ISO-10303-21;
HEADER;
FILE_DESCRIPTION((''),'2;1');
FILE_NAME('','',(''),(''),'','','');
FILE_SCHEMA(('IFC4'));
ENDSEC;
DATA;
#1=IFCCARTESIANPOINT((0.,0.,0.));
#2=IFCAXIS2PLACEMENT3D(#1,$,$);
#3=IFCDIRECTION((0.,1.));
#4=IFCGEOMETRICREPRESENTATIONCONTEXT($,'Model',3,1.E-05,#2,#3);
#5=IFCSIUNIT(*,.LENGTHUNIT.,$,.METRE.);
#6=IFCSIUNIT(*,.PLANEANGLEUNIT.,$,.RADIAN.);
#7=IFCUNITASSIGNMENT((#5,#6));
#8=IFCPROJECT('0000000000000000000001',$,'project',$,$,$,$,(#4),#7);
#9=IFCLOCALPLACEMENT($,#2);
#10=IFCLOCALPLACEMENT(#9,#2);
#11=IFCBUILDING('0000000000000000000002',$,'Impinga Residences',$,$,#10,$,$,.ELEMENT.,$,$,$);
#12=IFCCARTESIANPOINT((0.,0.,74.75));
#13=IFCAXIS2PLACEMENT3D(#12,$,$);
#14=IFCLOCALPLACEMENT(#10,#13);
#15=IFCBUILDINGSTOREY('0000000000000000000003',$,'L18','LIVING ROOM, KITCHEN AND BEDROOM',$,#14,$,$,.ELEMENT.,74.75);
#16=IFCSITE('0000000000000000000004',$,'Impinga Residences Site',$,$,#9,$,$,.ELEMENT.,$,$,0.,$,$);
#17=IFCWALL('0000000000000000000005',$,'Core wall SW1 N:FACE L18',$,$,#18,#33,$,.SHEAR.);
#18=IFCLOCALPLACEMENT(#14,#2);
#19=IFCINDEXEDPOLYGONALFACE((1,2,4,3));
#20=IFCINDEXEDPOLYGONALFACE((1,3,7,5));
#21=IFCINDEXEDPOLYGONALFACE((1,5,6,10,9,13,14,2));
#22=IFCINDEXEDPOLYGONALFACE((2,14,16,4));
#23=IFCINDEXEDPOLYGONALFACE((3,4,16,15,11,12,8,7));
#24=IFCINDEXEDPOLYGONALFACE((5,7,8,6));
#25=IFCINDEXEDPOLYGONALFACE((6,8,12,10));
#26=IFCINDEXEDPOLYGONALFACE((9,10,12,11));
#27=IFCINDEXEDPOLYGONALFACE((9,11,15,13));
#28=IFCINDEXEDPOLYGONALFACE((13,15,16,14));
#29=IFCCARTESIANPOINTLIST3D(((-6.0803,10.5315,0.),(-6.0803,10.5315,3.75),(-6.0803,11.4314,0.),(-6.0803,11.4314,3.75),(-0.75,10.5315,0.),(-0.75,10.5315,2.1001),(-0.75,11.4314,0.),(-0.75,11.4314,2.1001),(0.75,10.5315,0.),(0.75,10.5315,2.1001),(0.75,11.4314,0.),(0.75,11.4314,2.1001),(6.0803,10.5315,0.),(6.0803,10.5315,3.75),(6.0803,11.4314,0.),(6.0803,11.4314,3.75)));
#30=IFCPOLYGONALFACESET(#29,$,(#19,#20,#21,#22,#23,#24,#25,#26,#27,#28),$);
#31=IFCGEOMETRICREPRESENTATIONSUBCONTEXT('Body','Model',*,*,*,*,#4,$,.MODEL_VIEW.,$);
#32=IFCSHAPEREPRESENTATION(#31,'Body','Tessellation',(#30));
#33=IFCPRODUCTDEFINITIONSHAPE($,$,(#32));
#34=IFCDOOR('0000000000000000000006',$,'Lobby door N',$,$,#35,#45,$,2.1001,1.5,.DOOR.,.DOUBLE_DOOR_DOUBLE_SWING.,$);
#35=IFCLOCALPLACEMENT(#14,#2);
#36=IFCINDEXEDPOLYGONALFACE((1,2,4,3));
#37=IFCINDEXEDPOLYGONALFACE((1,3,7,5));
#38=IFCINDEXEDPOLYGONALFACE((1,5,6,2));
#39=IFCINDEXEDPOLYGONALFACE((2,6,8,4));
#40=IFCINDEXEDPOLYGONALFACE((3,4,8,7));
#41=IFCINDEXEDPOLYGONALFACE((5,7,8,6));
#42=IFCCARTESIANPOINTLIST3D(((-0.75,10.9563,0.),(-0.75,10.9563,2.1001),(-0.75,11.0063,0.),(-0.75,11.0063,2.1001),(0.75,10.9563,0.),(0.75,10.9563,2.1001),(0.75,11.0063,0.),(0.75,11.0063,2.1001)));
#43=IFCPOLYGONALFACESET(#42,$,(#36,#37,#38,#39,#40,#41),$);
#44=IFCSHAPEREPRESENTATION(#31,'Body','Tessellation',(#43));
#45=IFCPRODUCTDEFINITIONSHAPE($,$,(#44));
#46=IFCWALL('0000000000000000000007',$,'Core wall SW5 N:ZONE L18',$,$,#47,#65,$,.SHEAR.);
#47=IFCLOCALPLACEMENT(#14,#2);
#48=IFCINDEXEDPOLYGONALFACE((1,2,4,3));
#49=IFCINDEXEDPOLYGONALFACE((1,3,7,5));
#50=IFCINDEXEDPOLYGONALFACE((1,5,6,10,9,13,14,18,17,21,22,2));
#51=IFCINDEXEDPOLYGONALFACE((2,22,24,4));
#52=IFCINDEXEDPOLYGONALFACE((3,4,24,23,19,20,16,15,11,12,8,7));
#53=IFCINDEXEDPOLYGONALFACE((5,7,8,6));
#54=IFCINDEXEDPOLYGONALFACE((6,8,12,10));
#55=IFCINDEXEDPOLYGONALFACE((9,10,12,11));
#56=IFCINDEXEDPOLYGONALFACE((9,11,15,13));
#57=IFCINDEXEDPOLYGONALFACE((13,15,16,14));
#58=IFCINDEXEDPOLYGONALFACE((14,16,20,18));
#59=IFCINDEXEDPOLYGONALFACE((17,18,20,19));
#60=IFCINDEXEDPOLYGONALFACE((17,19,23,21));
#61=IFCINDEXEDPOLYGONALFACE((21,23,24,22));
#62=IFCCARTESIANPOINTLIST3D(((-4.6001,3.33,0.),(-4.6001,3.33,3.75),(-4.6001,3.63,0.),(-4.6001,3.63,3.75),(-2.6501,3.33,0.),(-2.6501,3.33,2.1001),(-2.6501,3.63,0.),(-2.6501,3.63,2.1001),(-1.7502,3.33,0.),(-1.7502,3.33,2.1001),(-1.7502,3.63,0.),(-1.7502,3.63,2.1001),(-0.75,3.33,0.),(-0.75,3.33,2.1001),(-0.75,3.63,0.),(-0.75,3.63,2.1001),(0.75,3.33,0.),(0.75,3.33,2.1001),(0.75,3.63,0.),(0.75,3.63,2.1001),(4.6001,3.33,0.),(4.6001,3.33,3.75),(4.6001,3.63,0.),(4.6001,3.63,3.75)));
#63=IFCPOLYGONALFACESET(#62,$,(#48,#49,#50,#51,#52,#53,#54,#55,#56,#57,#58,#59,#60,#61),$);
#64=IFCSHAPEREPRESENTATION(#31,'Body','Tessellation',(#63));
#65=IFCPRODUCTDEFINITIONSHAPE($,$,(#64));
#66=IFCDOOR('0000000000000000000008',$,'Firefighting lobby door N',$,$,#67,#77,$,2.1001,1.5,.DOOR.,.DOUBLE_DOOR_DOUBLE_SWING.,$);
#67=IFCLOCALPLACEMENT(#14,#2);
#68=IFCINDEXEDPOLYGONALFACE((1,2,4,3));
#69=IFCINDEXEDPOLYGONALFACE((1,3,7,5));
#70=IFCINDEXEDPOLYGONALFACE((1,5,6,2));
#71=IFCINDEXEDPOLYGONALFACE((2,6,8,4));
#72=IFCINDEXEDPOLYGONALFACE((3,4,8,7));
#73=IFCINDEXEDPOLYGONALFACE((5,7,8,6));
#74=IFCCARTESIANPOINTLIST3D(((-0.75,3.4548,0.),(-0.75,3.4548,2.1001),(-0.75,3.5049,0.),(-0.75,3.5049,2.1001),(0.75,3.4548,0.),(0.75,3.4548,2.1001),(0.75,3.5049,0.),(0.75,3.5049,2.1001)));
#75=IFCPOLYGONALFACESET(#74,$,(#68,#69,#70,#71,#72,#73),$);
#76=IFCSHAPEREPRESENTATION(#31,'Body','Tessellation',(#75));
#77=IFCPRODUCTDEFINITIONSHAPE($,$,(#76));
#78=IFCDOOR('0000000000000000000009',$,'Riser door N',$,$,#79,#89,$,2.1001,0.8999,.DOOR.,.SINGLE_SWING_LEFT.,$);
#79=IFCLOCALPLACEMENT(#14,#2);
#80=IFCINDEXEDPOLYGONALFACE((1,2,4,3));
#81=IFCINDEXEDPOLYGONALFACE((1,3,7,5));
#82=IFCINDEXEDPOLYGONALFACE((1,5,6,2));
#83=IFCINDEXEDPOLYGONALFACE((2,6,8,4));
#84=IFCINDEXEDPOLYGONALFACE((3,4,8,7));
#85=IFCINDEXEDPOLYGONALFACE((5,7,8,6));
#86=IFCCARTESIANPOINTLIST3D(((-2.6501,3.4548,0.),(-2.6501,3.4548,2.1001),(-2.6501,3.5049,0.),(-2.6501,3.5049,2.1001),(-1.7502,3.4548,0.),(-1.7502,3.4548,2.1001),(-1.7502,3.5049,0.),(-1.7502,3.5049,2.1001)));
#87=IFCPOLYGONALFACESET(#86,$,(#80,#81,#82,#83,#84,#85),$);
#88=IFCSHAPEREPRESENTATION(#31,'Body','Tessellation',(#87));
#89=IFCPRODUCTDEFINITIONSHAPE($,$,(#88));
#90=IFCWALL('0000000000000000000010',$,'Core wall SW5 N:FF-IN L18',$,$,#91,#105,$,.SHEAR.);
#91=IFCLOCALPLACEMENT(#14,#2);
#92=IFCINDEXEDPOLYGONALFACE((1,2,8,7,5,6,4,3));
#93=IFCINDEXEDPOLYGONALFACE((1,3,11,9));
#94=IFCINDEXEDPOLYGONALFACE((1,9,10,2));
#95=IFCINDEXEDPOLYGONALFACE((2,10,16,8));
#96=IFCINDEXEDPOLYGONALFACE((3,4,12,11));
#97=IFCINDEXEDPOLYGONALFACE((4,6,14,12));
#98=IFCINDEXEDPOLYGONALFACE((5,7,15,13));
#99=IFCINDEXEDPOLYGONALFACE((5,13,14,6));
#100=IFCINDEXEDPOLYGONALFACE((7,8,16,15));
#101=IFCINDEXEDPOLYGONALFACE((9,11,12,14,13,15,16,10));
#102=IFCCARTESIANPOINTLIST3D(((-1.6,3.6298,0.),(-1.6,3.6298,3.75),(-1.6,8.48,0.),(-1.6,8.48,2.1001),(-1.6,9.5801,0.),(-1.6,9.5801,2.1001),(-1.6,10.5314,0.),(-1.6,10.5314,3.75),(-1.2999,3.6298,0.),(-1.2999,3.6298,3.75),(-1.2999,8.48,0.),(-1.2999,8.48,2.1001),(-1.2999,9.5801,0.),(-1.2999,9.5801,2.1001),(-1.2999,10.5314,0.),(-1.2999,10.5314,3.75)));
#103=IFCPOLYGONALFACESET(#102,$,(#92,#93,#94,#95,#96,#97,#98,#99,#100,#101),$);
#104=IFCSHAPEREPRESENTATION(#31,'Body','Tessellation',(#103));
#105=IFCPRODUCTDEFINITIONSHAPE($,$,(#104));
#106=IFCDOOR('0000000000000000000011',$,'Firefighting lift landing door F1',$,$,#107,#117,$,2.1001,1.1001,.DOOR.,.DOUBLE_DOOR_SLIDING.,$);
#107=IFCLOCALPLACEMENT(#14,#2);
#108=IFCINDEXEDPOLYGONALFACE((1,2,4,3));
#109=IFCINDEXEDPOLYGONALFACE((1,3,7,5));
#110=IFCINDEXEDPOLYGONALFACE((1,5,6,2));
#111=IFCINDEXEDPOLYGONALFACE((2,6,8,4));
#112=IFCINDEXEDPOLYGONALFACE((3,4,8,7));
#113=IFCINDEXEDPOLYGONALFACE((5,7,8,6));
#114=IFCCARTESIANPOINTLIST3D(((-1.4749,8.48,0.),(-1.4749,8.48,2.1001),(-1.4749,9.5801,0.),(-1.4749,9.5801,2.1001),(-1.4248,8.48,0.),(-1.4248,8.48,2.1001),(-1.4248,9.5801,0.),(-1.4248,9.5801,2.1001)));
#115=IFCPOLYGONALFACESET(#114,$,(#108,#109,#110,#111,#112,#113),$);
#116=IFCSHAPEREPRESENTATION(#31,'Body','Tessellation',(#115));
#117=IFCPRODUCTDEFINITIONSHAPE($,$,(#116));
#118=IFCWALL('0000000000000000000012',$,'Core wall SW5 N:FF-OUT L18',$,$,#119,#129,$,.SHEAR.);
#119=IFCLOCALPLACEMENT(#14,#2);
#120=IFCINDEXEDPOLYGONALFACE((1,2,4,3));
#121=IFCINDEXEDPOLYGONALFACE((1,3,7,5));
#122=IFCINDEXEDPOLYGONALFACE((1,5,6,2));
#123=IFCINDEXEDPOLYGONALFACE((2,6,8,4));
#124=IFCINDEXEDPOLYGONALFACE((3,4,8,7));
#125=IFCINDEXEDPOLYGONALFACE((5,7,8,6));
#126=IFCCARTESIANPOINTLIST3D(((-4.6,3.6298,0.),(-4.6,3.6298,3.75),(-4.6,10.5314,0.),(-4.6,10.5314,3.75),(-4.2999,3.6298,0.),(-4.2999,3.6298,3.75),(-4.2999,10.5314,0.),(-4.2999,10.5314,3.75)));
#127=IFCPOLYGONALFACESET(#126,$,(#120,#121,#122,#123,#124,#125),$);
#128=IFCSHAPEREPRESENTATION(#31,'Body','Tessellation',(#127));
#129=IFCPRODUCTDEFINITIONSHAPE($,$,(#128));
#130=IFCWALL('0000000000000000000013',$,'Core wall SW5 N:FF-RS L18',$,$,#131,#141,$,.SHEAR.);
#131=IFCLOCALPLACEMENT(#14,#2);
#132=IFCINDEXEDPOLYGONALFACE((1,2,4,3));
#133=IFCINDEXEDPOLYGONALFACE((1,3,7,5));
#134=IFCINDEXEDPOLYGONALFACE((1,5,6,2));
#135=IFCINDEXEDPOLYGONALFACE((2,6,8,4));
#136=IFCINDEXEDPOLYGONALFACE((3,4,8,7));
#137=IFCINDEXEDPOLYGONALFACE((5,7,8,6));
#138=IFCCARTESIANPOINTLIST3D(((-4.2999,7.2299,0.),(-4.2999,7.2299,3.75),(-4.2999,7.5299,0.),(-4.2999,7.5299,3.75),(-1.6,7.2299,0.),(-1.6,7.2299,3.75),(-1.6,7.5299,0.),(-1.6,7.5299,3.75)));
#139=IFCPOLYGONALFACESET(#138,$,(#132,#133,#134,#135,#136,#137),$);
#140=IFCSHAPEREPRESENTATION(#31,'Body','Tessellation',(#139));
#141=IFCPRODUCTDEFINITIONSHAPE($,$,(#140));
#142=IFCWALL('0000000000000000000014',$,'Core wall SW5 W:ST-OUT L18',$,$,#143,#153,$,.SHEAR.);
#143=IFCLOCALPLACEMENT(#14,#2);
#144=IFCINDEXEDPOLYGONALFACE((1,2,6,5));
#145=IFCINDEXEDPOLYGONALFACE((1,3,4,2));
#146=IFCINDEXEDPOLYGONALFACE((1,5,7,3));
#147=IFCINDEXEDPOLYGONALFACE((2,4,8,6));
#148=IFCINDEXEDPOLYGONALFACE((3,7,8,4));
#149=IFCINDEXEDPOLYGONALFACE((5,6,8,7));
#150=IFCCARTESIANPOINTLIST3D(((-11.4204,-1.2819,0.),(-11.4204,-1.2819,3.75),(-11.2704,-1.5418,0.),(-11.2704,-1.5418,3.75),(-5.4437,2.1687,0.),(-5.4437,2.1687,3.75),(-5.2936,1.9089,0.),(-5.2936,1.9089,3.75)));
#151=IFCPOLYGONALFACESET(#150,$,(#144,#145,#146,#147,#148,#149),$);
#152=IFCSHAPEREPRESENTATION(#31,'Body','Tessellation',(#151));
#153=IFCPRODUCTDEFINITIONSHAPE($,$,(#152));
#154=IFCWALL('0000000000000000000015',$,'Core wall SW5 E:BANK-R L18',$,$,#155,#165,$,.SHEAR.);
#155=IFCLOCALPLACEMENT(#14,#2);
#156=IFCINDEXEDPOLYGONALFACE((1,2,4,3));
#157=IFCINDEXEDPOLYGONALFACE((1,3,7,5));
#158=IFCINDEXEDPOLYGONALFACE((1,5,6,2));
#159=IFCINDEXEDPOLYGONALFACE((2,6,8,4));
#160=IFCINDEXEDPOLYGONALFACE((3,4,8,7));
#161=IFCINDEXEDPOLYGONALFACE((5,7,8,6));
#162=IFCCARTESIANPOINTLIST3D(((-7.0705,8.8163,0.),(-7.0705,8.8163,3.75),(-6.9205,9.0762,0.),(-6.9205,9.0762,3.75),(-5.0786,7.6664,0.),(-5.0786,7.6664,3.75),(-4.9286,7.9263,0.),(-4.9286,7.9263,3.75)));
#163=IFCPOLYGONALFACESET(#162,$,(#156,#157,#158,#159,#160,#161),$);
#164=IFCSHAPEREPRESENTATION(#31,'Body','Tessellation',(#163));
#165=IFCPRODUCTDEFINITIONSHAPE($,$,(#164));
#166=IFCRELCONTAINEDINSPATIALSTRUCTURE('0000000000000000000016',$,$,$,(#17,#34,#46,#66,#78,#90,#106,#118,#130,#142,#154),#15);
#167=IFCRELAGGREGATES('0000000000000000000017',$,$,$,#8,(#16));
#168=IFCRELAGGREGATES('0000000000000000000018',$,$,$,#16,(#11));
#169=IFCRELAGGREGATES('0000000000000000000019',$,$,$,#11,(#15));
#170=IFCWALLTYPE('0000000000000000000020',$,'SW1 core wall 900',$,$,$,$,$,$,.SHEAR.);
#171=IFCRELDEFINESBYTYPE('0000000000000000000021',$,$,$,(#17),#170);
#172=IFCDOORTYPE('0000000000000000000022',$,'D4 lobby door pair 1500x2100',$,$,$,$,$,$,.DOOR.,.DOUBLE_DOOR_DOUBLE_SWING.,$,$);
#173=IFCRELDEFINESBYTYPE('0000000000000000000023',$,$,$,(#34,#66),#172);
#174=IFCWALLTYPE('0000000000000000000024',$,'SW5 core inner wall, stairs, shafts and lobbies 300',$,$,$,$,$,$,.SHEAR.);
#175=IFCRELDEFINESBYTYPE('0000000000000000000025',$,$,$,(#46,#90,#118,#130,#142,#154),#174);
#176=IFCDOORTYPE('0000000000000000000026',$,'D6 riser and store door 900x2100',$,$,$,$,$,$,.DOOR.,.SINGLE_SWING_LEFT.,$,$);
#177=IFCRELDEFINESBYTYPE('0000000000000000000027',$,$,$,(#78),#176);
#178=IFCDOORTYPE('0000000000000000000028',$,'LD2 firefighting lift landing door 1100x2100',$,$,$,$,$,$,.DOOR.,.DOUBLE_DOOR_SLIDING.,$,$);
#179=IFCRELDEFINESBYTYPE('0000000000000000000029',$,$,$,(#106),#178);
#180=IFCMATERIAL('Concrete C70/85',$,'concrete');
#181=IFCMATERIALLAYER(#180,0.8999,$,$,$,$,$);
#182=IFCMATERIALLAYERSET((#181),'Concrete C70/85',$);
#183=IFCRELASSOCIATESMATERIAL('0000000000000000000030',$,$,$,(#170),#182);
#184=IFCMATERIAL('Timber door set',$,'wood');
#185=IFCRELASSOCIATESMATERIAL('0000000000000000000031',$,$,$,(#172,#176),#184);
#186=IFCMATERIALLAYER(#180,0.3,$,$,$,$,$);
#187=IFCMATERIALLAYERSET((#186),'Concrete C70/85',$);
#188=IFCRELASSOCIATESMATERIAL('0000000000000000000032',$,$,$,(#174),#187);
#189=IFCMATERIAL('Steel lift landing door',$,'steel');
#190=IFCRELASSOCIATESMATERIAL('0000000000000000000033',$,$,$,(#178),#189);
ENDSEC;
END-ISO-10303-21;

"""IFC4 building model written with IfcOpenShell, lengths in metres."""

from ifc_helpers import new_model, si_unit, direction, frame, frame_2d, origin, place, context, subcontext, project, spatial, rectangle, extrude, material, layer, layer_set, type_object, element, fill, save


model = new_model("IFC4")

# Units and contexts
model_context = context("Model", 3, precision=1e-05, world=origin(), true_north=direction((0.0, 1.0)))
body_context = subcontext(model_context, "Body", "Model", "MODEL_VIEW")
ifc_project = project(units=[si_unit("LENGTHUNIT", "METRE"), si_unit("PLANEANGLEUNIT", "RADIAN")], contexts=[model_context])

# Site, building, storey
site_placement = place(None, origin())
site = spatial("IfcSite", under=ifc_project, at=site_placement, Name="Impinga Residences Site", CompositionType="ELEMENT", RefElevation=0.0)
building_placement = place(site_placement, origin())
building = spatial("IfcBuilding", under=site, at=building_placement, Name="Impinga Residences", CompositionType="ELEMENT")
storey_placement = place(building_placement, frame((0.0, 0.0, 74.75)))
storey = spatial("IfcBuildingStorey", under=building, at=storey_placement, Name="L18", Description="LIVING ROOM, KITCHEN AND BEDROOM", CompositionType="ELEMENT", Elevation=74.75)

# Shared definitions
ifc_material_1 = material(Name="Concrete C70/85", Category="concrete")
ifc_material_2 = material(Name="Timber door set", Category="wood")

# Wall, opening, door
ifc_layer_1 = layer(ifc_material_1, 0.8999)
ifc_layer_set_1 = layer_set([ifc_layer_1], Name="Concrete C70/85")
wall_type_1 = type_object("IfcWallType", Name="SW1 core wall 900", PredefinedType="SHEAR", material=ifc_layer_set_1)
wall_1_placement = place(storey_placement, frame((-6.0803, 10.9814, 0.0), z_axis=(0.0, 0.0, 1.0), x_axis=(1.0, 0.0, 0.0)))
wall_1 = element("IfcWall", 1, at=wall_1_placement, inside=storey, type_object=wall_type_1, Name="Core wall SW1 N:FACE L18", PredefinedType="SHEAR", context=body_context, shape_type="SweptSolid", body=[
    extrude(rectangle(XDim=12.1606, YDim=0.8999, at=frame_2d((6.0803, 0.0))), origin(), (0.0, 0.0, 1.0), 3.75),
])
opening_1_placement = place(wall_1_placement, frame((5.3303, 0.0, 0.0)))
opening_1 = element("IfcOpeningElement", 2, at=opening_1_placement, cuts=wall_1, PredefinedType="OPENING", context=body_context, shape_type="SweptSolid", body=[
    extrude(rectangle(XDim=1.5, YDim=2.1001, at=frame_2d((0.75, 1.05))), frame((0.0, 0.46, 0.0), z_axis=(0.0, -1.0, 0.0), x_axis=(1.0, 0.0, 0.0)), (0.0, 0.0, 1.0), 0.9199),
])
door_type_1 = type_object("IfcDoorType", Name="D4 lobby door pair 1500x2100", OperationType="DOUBLE_DOOR_DOUBLE_SWING", PredefinedType="DOOR", material=ifc_material_2)
door_1_placement = place(opening_1_placement, origin())
door_1 = element("IfcDoor", 3, at=door_1_placement, inside=storey, type_object=door_type_1, Name="Lobby door N", OperationType="DOUBLE_DOOR_DOUBLE_SWING", OverallHeight=2.1001, OverallWidth=1.5, PredefinedType="DOOR", context=body_context, shape_type="SweptSolid", body=[
    extrude(rectangle(XDim=1.5, YDim=2.1001, at=frame_2d((0.75, 1.05))), frame((0.0, 0.0249, 0.0), z_axis=(0.0, -1.0, 0.0), x_axis=(1.0, 0.0, 0.0)), (0.0, 0.0, 1.0), 0.05),
])
fill(opening_1, door_1)

# Wall, openings, doors
ifc_layer_2 = layer(ifc_material_1, 0.3)
ifc_layer_set_2 = layer_set([ifc_layer_2], Name="Concrete C70/85")
wall_type_2 = type_object("IfcWallType", Name="SW5 core inner wall, stairs, shafts and lobbies 300", PredefinedType="SHEAR", material=ifc_layer_set_2)
wall_2_placement = place(storey_placement, frame((-4.6001, 3.48, 0.0), z_axis=(0.0, 0.0, 1.0), x_axis=(1.0, 0.0, 0.0)))
wall_2 = element("IfcWall", 4, at=wall_2_placement, inside=storey, type_object=wall_type_2, Name="Core wall SW5 N:ZONE L18", PredefinedType="SHEAR", context=body_context, shape_type="SweptSolid", body=[
    extrude(rectangle(XDim=9.2002, YDim=0.3, at=frame_2d((4.6001, 0.0))), origin(), (0.0, 0.0, 1.0), 3.75),
])
opening_2_placement = place(wall_2_placement, frame((3.8501, 0.0, 0.0)))
opening_2 = element("IfcOpeningElement", 5, at=opening_2_placement, cuts=wall_2, PredefinedType="OPENING", context=body_context, shape_type="SweptSolid", body=[
    extrude(rectangle(XDim=1.5, YDim=2.1001, at=frame_2d((0.75, 1.05))), frame((0.0, 0.1599, 0.0), z_axis=(0.0, -1.0, 0.0), x_axis=(1.0, 0.0, 0.0)), (0.0, 0.0, 1.0), 0.3201),
])
opening_3_placement = place(wall_2_placement, frame((1.95, 0.0, 0.0)))
opening_3 = element("IfcOpeningElement", 6, at=opening_3_placement, cuts=wall_2, PredefinedType="OPENING", context=body_context, shape_type="SweptSolid", body=[
    extrude(rectangle(XDim=0.8999, YDim=2.1001, at=frame_2d((0.45, 1.05))), frame((0.0, 0.1599, 0.0), z_axis=(0.0, -1.0, 0.0), x_axis=(1.0, 0.0, 0.0)), (0.0, 0.0, 1.0), 0.3201),
])
door_2_placement = place(opening_2_placement, origin())
door_2 = element("IfcDoor", 7, at=door_2_placement, inside=storey, type_object=door_type_1, Name="Firefighting lobby door N", OperationType="DOUBLE_DOOR_DOUBLE_SWING", OverallHeight=2.1001, OverallWidth=1.5, PredefinedType="DOOR", context=body_context, shape_type="SweptSolid", body=[
    extrude(rectangle(XDim=1.5, YDim=2.1001, at=frame_2d((0.75, 1.05))), frame((0.0, 0.0249, 0.0), z_axis=(0.0, -1.0, 0.0), x_axis=(1.0, 0.0, 0.0)), (0.0, 0.0, 1.0), 0.05),
])
fill(opening_2, door_2)
door_type_2 = type_object("IfcDoorType", Name="D6 riser and store door 900x2100", OperationType="SINGLE_SWING_LEFT", PredefinedType="DOOR", material=ifc_material_2)
door_3_placement = place(opening_3_placement, origin())
door_3 = element("IfcDoor", 8, at=door_3_placement, inside=storey, type_object=door_type_2, Name="Riser door N", OperationType="SINGLE_SWING_LEFT", OverallHeight=2.1001, OverallWidth=0.8999, PredefinedType="DOOR", context=body_context, shape_type="SweptSolid", body=[
    extrude(rectangle(XDim=0.8999, YDim=2.1001, at=frame_2d((0.45, 1.05))), frame((0.0, 0.0249, 0.0), z_axis=(0.0, -1.0, 0.0), x_axis=(1.0, 0.0, 0.0)), (0.0, 0.0, 1.0), 0.05),
])
fill(opening_3, door_3)

# Wall, opening, door
wall_3_placement = place(storey_placement, frame((-1.45, 3.6299, 0.0), z_axis=(0.0, 0.0, 1.0), x_axis=(0.0, 1.0, 0.0)))
wall_3 = element("IfcWall", 9, at=wall_3_placement, inside=storey, type_object=wall_type_2, Name="Core wall SW5 N:FF-IN L18", PredefinedType="SHEAR", context=body_context, shape_type="SweptSolid", body=[
    extrude(rectangle(XDim=6.9016, YDim=0.3, at=frame_2d((3.4507, 0.0))), origin(), (0.0, 0.0, 1.0), 3.75),
])
opening_4_placement = place(wall_3_placement, frame((4.8501, 0.0, 0.0)))
opening_4 = element("IfcOpeningElement", 10, at=opening_4_placement, cuts=wall_3, PredefinedType="OPENING", context=body_context, shape_type="SweptSolid", body=[
    extrude(rectangle(XDim=1.1001, YDim=2.1001, at=frame_2d((0.55, 1.05))), frame((0.0, 0.1599, 0.0), z_axis=(0.0, -1.0, 0.0), x_axis=(1.0, 0.0, 0.0)), (0.0, 0.0, 1.0), 0.3201),
])
ifc_material_3 = material(Name="Steel lift landing door", Category="steel")
door_type_3 = type_object("IfcDoorType", Name="LD2 firefighting lift landing door 1100x2100", OperationType="DOUBLE_DOOR_SLIDING", PredefinedType="DOOR", material=ifc_material_3)
door_4_placement = place(opening_4_placement, origin())
door_4 = element("IfcDoor", 11, at=door_4_placement, inside=storey, type_object=door_type_3, Name="Firefighting lift landing door F1", OperationType="DOUBLE_DOOR_SLIDING", OverallHeight=2.1001, OverallWidth=1.1001, PredefinedType="DOOR", context=body_context, shape_type="SweptSolid", body=[
    extrude(rectangle(XDim=1.1001, YDim=2.1001, at=frame_2d((0.55, 1.05))), frame((0.0, 0.0249, 0.0), z_axis=(0.0, -1.0, 0.0), x_axis=(1.0, 0.0, 0.0)), (0.0, 0.0, 1.0), 0.05),
])
fill(opening_4, door_4)

# Walls
wall_4_placement = place(storey_placement, frame((-4.45, 3.6299, 0.0), z_axis=(0.0, 0.0, 1.0), x_axis=(0.0, 1.0, 0.0)))
element("IfcWall", 12, at=wall_4_placement, inside=storey, type_object=wall_type_2, Name="Core wall SW5 N:FF-OUT L18", PredefinedType="SHEAR", context=body_context, shape_type="SweptSolid", body=[
    extrude(rectangle(XDim=6.9016, YDim=0.3, at=frame_2d((3.4507, 0.0))), origin(), (0.0, 0.0, 1.0), 3.75),
])
wall_5_placement = place(storey_placement, frame((-4.3, 7.3799, 0.0), z_axis=(0.0, 0.0, 1.0), x_axis=(1.0, 0.0, 0.0)))
element("IfcWall", 13, at=wall_5_placement, inside=storey, type_object=wall_type_2, Name="Core wall SW5 N:FF-RS L18", PredefinedType="SHEAR", context=body_context, shape_type="SweptSolid", body=[
    extrude(rectangle(XDim=2.7, YDim=0.3, at=frame_2d((1.3501, 0.0))), origin(), (0.0, 0.0, 1.0), 3.75),
])
wall_6_placement = place(storey_placement, frame((-5.3687, 2.0388, 0.0), z_axis=(0.0, 0.0, 1.0), x_axis=(-0.866027, -0.499997, 0.0)))
element("IfcWall", 14, at=wall_6_placement, inside=storey, type_object=wall_type_2, Name="Core wall SW5 W:ST-OUT L18", PredefinedType="SHEAR", context=body_context, shape_type="SweptSolid", body=[
    extrude(rectangle(XDim=6.9014, YDim=0.3, at=frame_2d((3.4507, 0.0))), origin(), (0.0, 0.0, 1.0), 3.75),
])
wall_7_placement = place(storey_placement, frame((-5.0037, 7.7964, 0.0), z_axis=(0.0, 0.0, 1.0), x_axis=(-0.866053, 0.499952, 0.0)))
element("IfcWall", 15, at=wall_7_placement, inside=storey, type_object=wall_type_2, Name="Core wall SW5 E:BANK-R L18", PredefinedType="SHEAR", context=body_context, shape_type="SweptSolid", body=[
    extrude(rectangle(XDim=2.3, YDim=0.3, at=frame_2d((1.1499, 0.0))), origin(), (0.0, 0.0, 1.0), 3.75),
])

save(model, "model.ifc")
